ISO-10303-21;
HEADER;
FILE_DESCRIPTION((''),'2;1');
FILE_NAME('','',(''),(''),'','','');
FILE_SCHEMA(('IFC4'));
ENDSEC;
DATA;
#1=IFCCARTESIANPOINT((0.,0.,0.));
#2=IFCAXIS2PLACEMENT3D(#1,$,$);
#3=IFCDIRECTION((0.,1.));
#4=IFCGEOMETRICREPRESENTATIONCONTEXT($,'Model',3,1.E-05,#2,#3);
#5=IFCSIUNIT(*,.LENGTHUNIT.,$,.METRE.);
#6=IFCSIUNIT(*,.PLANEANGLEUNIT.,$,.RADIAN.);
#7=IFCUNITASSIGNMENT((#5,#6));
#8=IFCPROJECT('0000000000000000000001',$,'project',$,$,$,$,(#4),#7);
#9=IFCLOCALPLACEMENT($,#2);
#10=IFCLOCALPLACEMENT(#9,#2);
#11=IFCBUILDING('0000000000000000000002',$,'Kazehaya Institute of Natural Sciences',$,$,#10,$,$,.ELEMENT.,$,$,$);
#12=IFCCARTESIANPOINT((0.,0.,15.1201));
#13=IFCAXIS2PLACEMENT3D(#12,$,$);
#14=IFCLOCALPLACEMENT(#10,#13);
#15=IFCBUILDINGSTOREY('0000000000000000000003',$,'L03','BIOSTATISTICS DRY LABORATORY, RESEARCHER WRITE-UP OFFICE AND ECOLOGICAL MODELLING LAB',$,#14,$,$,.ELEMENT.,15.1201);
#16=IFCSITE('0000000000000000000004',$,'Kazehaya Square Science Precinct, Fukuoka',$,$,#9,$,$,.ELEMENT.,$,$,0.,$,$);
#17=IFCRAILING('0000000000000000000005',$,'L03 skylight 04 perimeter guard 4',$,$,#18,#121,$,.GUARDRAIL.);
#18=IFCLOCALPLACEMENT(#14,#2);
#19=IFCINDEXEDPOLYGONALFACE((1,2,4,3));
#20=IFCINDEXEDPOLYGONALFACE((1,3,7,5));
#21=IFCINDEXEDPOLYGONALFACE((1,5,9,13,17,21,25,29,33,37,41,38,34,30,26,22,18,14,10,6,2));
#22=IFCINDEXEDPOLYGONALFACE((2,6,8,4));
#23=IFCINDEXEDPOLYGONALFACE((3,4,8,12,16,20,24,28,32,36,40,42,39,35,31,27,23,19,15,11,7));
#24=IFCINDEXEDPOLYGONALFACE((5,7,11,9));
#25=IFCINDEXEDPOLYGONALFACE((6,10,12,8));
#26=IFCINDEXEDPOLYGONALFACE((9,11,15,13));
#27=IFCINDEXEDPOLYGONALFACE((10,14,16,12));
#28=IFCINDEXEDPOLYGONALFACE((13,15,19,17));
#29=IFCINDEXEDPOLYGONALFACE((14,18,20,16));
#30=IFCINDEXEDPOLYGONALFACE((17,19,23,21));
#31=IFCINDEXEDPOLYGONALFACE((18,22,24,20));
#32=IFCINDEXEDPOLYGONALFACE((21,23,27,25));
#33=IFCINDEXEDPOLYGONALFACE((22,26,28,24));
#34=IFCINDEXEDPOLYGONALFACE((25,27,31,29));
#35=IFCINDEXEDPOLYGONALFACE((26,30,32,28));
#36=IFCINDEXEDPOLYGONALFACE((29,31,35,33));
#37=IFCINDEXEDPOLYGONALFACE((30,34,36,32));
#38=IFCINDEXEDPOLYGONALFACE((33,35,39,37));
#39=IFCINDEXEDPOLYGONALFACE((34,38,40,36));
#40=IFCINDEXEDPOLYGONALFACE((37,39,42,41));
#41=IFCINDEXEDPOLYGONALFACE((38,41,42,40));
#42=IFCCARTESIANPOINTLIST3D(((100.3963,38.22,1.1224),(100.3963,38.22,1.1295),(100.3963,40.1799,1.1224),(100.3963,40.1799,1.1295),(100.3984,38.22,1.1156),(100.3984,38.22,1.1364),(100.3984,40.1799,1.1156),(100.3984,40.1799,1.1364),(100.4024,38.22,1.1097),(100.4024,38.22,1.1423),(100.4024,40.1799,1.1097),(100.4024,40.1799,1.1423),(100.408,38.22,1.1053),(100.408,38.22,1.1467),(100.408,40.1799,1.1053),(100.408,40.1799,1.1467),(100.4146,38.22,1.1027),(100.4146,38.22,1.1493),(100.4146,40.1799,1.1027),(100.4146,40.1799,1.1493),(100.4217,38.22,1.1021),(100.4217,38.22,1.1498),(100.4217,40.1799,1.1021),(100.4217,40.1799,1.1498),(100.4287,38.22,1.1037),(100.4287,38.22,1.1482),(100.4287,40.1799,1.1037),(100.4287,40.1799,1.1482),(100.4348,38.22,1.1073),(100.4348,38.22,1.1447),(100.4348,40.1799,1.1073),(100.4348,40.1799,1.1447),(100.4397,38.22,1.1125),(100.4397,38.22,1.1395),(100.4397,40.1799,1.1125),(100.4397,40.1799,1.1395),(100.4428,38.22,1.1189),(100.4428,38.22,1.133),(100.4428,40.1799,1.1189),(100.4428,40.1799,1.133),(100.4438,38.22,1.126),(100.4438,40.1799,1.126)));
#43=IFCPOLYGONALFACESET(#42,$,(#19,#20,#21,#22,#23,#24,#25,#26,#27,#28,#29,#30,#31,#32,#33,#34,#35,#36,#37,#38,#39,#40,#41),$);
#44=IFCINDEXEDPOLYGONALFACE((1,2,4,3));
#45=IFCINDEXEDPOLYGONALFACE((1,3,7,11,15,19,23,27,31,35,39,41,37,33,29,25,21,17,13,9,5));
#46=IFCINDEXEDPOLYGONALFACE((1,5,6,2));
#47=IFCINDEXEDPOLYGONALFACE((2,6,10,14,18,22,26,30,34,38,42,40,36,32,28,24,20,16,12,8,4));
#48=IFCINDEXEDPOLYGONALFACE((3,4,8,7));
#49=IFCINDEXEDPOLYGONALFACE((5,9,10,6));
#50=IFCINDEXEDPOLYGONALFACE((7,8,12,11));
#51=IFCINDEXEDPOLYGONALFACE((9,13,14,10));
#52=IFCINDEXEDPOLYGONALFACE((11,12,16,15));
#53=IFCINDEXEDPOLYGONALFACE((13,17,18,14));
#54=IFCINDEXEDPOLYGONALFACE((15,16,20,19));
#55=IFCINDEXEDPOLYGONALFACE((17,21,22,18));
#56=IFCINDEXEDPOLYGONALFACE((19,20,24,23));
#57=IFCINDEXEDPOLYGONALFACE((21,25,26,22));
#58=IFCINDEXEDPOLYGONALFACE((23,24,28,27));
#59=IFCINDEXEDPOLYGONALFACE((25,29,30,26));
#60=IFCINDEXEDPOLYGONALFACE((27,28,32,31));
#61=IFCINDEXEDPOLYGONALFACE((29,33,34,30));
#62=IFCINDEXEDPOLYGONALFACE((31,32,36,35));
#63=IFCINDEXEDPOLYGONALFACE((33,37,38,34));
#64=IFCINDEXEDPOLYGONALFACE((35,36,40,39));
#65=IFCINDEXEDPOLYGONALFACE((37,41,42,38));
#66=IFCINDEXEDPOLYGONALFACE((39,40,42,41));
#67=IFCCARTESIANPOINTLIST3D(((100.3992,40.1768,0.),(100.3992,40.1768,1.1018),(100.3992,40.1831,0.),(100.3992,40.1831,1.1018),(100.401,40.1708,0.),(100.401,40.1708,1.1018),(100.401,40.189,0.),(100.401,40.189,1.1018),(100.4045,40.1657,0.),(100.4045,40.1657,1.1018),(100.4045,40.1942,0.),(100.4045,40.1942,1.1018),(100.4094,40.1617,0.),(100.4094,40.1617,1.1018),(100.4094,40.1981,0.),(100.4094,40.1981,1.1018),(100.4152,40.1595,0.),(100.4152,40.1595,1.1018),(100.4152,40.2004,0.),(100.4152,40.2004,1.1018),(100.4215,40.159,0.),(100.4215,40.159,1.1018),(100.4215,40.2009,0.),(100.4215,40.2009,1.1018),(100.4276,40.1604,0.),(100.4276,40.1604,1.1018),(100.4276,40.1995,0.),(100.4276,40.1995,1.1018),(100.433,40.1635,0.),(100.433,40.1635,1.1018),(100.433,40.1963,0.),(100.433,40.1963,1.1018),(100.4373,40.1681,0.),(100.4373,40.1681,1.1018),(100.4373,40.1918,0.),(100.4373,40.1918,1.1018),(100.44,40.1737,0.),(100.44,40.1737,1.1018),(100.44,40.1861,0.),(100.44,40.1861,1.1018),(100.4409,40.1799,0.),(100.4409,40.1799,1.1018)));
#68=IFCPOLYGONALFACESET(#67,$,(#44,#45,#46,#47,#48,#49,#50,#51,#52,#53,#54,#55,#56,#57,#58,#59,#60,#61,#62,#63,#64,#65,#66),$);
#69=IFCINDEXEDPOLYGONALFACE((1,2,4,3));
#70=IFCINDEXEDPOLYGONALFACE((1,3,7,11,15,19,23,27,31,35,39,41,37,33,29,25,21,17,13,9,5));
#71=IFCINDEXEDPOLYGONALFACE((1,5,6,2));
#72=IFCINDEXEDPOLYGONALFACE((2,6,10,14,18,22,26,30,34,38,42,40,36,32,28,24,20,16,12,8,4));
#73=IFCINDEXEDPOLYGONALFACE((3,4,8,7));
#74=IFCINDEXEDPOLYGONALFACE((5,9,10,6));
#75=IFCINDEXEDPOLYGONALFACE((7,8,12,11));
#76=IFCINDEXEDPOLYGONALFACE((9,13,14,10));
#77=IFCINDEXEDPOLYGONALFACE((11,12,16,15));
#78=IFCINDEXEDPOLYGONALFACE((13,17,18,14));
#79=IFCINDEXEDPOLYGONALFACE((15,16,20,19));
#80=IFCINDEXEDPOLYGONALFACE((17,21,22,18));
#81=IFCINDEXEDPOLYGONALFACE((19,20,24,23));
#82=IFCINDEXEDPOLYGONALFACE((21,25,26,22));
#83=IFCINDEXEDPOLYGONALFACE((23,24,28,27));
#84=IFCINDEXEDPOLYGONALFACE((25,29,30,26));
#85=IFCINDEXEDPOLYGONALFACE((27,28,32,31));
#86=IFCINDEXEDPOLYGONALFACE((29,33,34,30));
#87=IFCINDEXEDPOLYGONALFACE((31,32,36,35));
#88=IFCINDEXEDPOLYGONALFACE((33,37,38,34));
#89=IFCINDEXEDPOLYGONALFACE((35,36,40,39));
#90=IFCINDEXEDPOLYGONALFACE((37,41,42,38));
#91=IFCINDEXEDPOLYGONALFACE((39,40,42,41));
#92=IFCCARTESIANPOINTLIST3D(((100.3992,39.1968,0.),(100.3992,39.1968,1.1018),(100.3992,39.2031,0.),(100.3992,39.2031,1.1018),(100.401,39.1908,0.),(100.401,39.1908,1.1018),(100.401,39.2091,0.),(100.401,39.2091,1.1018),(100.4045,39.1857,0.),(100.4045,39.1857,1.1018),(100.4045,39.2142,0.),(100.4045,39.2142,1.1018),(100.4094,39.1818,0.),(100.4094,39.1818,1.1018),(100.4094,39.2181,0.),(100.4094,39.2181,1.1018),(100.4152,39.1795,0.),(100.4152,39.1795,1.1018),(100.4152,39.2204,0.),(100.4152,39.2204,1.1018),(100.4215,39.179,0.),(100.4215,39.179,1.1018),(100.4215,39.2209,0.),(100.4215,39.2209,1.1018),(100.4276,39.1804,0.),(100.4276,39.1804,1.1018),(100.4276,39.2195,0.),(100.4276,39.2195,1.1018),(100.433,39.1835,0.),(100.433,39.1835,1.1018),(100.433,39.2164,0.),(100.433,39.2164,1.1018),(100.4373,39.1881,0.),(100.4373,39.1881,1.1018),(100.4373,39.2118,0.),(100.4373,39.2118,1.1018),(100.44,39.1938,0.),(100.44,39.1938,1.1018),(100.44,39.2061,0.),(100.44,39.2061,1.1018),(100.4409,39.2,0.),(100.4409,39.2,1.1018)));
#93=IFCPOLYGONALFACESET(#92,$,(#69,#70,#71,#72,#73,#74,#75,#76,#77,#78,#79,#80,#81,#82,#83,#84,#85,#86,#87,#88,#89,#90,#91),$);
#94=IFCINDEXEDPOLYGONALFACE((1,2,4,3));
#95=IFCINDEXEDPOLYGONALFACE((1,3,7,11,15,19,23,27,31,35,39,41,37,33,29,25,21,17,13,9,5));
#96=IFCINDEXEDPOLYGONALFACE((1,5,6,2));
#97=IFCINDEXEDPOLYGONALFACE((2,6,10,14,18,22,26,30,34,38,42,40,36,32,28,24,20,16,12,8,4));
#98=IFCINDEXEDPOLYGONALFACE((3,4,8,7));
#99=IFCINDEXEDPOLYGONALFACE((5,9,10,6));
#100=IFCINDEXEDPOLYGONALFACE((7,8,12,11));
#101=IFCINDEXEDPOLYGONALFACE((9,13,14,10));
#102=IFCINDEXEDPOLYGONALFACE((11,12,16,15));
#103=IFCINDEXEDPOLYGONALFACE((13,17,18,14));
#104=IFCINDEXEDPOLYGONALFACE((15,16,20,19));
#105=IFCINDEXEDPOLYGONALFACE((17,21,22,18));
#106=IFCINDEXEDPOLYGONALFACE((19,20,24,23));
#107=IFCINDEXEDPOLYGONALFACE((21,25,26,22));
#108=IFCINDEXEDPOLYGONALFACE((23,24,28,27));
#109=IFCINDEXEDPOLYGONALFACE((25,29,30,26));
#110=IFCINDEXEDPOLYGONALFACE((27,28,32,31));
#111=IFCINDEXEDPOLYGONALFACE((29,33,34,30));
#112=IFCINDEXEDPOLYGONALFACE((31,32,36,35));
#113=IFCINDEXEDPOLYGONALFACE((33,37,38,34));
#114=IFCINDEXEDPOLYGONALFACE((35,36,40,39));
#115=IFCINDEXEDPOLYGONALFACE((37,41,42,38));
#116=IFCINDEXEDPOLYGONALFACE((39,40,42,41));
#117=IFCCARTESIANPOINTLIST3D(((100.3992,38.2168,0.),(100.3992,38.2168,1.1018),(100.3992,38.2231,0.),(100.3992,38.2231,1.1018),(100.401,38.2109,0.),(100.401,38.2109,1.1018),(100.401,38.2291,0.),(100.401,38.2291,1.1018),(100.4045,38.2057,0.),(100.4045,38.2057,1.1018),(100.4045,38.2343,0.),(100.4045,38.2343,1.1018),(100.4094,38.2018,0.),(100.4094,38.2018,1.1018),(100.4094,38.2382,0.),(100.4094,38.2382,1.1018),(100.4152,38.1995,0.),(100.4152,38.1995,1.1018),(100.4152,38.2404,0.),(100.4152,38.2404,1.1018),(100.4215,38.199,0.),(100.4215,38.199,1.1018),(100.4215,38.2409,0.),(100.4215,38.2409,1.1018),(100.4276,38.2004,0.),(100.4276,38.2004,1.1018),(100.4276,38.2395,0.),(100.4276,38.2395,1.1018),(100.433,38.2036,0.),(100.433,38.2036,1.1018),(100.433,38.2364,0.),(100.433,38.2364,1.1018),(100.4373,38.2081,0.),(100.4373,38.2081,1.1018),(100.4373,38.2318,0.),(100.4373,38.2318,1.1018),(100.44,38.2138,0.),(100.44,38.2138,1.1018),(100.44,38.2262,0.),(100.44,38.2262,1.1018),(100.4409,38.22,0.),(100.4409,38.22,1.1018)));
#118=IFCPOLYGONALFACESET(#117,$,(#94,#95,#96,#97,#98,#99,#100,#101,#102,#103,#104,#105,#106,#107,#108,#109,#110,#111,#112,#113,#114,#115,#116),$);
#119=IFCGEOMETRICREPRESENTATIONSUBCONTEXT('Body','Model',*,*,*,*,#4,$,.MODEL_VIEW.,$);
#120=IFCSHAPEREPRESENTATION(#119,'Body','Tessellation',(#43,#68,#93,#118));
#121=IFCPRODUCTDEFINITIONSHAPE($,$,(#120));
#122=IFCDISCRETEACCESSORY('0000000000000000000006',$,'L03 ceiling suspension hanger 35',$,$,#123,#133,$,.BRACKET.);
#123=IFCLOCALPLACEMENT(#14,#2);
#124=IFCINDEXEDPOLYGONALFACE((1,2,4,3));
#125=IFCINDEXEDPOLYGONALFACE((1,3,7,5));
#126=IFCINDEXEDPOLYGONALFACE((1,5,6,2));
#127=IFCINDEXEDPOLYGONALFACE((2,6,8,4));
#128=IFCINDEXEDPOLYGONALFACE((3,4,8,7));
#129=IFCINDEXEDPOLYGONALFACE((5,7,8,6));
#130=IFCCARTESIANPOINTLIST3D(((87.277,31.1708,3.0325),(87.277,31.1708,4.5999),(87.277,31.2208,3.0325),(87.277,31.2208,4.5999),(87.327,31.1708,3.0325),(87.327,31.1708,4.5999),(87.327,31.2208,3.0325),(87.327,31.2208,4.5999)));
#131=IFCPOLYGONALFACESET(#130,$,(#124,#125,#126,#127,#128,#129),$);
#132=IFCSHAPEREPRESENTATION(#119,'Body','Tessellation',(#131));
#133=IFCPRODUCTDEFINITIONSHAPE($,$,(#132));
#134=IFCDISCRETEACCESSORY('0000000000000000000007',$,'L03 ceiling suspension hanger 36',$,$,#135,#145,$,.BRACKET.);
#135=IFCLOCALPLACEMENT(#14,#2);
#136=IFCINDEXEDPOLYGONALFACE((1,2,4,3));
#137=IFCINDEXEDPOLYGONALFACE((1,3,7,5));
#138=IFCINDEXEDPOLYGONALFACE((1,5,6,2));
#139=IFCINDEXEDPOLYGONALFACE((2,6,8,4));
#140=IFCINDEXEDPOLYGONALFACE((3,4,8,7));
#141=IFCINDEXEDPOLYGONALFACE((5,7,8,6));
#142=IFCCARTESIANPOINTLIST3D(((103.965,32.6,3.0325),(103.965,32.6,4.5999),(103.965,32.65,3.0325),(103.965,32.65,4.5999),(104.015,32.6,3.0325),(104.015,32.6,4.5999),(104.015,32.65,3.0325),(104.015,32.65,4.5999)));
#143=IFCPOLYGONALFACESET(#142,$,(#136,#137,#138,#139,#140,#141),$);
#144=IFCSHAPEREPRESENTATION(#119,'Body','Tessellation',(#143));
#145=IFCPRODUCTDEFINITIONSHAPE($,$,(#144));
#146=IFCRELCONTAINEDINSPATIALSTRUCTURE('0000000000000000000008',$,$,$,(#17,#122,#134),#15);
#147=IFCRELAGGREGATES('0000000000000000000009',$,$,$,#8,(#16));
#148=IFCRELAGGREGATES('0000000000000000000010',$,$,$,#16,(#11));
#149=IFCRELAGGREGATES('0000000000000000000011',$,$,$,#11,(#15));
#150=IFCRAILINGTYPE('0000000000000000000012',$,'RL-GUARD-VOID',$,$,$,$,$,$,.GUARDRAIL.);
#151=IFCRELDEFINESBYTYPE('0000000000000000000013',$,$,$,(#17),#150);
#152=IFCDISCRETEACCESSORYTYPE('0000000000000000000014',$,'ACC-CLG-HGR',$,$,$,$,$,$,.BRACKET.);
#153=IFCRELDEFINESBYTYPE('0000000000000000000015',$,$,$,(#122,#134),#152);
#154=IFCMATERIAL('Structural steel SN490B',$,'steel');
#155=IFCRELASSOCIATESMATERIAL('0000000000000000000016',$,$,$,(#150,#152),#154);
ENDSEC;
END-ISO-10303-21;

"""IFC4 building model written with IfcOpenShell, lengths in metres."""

from ifc_helpers import new_model, si_unit, direction, frame, origin, origin_2d, place, context, subcontext, project, spatial, rectangle, circle, extrude, material, type_object, element, save


model = new_model("IFC4")

# Units and contexts
model_context = context("Model", 3, precision=1e-05, world=origin(), true_north=direction((0.0, 1.0)))
body_context = subcontext(model_context, "Body", "Model", "MODEL_VIEW")
ifc_project = project(units=[si_unit("LENGTHUNIT", "METRE"), si_unit("PLANEANGLEUNIT", "RADIAN")], contexts=[model_context])

# Site, building, storey
site_placement = place(None, origin())
site = spatial("IfcSite", under=ifc_project, at=site_placement, Name="Kazehaya Square Science Precinct, Fukuoka", CompositionType="ELEMENT", RefElevation=0.0)
building_placement = place(site_placement, origin())
building = spatial("IfcBuilding", under=site, at=building_placement, Name="Kazehaya Institute of Natural Sciences", CompositionType="ELEMENT")
storey_placement = place(building_placement, frame((0.0, 0.0, 15.1201)))
storey = spatial("IfcBuildingStorey", under=building, at=storey_placement, Name="L03", Description="BIOSTATISTICS DRY LABORATORY, RESEARCHER WRITE-UP OFFICE AND ECOLOGICAL MODELLING LAB", CompositionType="ELEMENT", Elevation=15.1201)

# Railing
ifc_material_1 = material(Name="Structural steel SN490B", Category="steel")
railing_type = type_object("IfcRailingType", Name="RL-GUARD-VOID", PredefinedType="GUARDRAIL", material=ifc_material_1)
railing_1_placement = place(storey_placement, frame((100.4199, 40.1799, 0.0)))
element("IfcRailing", 1, at=railing_1_placement, inside=storey, type_object=railing_type, Name="L03 skylight 04 perimeter guard 4", PredefinedType="GUARDRAIL", context=body_context, shape_type="SweptSolid", body=[
    extrude(circle(Radius=0.0239, at=origin_2d()), frame((0.0, 0.0, 1.126), z_axis=(0.0, -1.0, 0.0), x_axis=(1.0, 0.0, 0.0)), (0.0, 0.0, 1.0), 1.96),
    extrude(circle(Radius=0.021, at=origin_2d()), origin(), (0.0, 0.0, 1.0), 1.1018),
    extrude(circle(Radius=0.021, at=origin_2d()), frame((0.0, -0.98, 0.0)), (0.0, 0.0, 1.0), 1.1018),
    extrude(circle(Radius=0.021, at=origin_2d()), frame((0.0, -1.96, 0.0)), (0.0, 0.0, 1.0), 1.1018),
])

# Discrete accessories
discrete_accessory_type = type_object("IfcDiscreteAccessoryType", Name="ACC-CLG-HGR", PredefinedType="BRACKET", material=ifc_material_1)
for number, where, z_axis, x_axis, name in (
    (2, (87.302, 31.1958, 3.0325), (0.0, 0.0, 1.0), (1.0, 0.0, 0.0), "L03 ceiling suspension hanger 35"),
    (3, (103.99, 32.625, 3.0325), (0.0, 0.0, 1.0), (1.0, 0.0, 0.0), "L03 ceiling suspension hanger 36"),
):
    element("IfcDiscreteAccessory", number, at=place(storey_placement, frame(where, z_axis=z_axis, x_axis=x_axis)), inside=storey, type_object=discrete_accessory_type, Name=name, PredefinedType="BRACKET", context=body_context, shape_type="SweptSolid", body=[
        extrude(rectangle(XDim=0.05, YDim=0.05, at=origin_2d()), origin(), (0.0, 0.0, 1.0), 1.5674),
    ])

save(model, "model.ifc")
